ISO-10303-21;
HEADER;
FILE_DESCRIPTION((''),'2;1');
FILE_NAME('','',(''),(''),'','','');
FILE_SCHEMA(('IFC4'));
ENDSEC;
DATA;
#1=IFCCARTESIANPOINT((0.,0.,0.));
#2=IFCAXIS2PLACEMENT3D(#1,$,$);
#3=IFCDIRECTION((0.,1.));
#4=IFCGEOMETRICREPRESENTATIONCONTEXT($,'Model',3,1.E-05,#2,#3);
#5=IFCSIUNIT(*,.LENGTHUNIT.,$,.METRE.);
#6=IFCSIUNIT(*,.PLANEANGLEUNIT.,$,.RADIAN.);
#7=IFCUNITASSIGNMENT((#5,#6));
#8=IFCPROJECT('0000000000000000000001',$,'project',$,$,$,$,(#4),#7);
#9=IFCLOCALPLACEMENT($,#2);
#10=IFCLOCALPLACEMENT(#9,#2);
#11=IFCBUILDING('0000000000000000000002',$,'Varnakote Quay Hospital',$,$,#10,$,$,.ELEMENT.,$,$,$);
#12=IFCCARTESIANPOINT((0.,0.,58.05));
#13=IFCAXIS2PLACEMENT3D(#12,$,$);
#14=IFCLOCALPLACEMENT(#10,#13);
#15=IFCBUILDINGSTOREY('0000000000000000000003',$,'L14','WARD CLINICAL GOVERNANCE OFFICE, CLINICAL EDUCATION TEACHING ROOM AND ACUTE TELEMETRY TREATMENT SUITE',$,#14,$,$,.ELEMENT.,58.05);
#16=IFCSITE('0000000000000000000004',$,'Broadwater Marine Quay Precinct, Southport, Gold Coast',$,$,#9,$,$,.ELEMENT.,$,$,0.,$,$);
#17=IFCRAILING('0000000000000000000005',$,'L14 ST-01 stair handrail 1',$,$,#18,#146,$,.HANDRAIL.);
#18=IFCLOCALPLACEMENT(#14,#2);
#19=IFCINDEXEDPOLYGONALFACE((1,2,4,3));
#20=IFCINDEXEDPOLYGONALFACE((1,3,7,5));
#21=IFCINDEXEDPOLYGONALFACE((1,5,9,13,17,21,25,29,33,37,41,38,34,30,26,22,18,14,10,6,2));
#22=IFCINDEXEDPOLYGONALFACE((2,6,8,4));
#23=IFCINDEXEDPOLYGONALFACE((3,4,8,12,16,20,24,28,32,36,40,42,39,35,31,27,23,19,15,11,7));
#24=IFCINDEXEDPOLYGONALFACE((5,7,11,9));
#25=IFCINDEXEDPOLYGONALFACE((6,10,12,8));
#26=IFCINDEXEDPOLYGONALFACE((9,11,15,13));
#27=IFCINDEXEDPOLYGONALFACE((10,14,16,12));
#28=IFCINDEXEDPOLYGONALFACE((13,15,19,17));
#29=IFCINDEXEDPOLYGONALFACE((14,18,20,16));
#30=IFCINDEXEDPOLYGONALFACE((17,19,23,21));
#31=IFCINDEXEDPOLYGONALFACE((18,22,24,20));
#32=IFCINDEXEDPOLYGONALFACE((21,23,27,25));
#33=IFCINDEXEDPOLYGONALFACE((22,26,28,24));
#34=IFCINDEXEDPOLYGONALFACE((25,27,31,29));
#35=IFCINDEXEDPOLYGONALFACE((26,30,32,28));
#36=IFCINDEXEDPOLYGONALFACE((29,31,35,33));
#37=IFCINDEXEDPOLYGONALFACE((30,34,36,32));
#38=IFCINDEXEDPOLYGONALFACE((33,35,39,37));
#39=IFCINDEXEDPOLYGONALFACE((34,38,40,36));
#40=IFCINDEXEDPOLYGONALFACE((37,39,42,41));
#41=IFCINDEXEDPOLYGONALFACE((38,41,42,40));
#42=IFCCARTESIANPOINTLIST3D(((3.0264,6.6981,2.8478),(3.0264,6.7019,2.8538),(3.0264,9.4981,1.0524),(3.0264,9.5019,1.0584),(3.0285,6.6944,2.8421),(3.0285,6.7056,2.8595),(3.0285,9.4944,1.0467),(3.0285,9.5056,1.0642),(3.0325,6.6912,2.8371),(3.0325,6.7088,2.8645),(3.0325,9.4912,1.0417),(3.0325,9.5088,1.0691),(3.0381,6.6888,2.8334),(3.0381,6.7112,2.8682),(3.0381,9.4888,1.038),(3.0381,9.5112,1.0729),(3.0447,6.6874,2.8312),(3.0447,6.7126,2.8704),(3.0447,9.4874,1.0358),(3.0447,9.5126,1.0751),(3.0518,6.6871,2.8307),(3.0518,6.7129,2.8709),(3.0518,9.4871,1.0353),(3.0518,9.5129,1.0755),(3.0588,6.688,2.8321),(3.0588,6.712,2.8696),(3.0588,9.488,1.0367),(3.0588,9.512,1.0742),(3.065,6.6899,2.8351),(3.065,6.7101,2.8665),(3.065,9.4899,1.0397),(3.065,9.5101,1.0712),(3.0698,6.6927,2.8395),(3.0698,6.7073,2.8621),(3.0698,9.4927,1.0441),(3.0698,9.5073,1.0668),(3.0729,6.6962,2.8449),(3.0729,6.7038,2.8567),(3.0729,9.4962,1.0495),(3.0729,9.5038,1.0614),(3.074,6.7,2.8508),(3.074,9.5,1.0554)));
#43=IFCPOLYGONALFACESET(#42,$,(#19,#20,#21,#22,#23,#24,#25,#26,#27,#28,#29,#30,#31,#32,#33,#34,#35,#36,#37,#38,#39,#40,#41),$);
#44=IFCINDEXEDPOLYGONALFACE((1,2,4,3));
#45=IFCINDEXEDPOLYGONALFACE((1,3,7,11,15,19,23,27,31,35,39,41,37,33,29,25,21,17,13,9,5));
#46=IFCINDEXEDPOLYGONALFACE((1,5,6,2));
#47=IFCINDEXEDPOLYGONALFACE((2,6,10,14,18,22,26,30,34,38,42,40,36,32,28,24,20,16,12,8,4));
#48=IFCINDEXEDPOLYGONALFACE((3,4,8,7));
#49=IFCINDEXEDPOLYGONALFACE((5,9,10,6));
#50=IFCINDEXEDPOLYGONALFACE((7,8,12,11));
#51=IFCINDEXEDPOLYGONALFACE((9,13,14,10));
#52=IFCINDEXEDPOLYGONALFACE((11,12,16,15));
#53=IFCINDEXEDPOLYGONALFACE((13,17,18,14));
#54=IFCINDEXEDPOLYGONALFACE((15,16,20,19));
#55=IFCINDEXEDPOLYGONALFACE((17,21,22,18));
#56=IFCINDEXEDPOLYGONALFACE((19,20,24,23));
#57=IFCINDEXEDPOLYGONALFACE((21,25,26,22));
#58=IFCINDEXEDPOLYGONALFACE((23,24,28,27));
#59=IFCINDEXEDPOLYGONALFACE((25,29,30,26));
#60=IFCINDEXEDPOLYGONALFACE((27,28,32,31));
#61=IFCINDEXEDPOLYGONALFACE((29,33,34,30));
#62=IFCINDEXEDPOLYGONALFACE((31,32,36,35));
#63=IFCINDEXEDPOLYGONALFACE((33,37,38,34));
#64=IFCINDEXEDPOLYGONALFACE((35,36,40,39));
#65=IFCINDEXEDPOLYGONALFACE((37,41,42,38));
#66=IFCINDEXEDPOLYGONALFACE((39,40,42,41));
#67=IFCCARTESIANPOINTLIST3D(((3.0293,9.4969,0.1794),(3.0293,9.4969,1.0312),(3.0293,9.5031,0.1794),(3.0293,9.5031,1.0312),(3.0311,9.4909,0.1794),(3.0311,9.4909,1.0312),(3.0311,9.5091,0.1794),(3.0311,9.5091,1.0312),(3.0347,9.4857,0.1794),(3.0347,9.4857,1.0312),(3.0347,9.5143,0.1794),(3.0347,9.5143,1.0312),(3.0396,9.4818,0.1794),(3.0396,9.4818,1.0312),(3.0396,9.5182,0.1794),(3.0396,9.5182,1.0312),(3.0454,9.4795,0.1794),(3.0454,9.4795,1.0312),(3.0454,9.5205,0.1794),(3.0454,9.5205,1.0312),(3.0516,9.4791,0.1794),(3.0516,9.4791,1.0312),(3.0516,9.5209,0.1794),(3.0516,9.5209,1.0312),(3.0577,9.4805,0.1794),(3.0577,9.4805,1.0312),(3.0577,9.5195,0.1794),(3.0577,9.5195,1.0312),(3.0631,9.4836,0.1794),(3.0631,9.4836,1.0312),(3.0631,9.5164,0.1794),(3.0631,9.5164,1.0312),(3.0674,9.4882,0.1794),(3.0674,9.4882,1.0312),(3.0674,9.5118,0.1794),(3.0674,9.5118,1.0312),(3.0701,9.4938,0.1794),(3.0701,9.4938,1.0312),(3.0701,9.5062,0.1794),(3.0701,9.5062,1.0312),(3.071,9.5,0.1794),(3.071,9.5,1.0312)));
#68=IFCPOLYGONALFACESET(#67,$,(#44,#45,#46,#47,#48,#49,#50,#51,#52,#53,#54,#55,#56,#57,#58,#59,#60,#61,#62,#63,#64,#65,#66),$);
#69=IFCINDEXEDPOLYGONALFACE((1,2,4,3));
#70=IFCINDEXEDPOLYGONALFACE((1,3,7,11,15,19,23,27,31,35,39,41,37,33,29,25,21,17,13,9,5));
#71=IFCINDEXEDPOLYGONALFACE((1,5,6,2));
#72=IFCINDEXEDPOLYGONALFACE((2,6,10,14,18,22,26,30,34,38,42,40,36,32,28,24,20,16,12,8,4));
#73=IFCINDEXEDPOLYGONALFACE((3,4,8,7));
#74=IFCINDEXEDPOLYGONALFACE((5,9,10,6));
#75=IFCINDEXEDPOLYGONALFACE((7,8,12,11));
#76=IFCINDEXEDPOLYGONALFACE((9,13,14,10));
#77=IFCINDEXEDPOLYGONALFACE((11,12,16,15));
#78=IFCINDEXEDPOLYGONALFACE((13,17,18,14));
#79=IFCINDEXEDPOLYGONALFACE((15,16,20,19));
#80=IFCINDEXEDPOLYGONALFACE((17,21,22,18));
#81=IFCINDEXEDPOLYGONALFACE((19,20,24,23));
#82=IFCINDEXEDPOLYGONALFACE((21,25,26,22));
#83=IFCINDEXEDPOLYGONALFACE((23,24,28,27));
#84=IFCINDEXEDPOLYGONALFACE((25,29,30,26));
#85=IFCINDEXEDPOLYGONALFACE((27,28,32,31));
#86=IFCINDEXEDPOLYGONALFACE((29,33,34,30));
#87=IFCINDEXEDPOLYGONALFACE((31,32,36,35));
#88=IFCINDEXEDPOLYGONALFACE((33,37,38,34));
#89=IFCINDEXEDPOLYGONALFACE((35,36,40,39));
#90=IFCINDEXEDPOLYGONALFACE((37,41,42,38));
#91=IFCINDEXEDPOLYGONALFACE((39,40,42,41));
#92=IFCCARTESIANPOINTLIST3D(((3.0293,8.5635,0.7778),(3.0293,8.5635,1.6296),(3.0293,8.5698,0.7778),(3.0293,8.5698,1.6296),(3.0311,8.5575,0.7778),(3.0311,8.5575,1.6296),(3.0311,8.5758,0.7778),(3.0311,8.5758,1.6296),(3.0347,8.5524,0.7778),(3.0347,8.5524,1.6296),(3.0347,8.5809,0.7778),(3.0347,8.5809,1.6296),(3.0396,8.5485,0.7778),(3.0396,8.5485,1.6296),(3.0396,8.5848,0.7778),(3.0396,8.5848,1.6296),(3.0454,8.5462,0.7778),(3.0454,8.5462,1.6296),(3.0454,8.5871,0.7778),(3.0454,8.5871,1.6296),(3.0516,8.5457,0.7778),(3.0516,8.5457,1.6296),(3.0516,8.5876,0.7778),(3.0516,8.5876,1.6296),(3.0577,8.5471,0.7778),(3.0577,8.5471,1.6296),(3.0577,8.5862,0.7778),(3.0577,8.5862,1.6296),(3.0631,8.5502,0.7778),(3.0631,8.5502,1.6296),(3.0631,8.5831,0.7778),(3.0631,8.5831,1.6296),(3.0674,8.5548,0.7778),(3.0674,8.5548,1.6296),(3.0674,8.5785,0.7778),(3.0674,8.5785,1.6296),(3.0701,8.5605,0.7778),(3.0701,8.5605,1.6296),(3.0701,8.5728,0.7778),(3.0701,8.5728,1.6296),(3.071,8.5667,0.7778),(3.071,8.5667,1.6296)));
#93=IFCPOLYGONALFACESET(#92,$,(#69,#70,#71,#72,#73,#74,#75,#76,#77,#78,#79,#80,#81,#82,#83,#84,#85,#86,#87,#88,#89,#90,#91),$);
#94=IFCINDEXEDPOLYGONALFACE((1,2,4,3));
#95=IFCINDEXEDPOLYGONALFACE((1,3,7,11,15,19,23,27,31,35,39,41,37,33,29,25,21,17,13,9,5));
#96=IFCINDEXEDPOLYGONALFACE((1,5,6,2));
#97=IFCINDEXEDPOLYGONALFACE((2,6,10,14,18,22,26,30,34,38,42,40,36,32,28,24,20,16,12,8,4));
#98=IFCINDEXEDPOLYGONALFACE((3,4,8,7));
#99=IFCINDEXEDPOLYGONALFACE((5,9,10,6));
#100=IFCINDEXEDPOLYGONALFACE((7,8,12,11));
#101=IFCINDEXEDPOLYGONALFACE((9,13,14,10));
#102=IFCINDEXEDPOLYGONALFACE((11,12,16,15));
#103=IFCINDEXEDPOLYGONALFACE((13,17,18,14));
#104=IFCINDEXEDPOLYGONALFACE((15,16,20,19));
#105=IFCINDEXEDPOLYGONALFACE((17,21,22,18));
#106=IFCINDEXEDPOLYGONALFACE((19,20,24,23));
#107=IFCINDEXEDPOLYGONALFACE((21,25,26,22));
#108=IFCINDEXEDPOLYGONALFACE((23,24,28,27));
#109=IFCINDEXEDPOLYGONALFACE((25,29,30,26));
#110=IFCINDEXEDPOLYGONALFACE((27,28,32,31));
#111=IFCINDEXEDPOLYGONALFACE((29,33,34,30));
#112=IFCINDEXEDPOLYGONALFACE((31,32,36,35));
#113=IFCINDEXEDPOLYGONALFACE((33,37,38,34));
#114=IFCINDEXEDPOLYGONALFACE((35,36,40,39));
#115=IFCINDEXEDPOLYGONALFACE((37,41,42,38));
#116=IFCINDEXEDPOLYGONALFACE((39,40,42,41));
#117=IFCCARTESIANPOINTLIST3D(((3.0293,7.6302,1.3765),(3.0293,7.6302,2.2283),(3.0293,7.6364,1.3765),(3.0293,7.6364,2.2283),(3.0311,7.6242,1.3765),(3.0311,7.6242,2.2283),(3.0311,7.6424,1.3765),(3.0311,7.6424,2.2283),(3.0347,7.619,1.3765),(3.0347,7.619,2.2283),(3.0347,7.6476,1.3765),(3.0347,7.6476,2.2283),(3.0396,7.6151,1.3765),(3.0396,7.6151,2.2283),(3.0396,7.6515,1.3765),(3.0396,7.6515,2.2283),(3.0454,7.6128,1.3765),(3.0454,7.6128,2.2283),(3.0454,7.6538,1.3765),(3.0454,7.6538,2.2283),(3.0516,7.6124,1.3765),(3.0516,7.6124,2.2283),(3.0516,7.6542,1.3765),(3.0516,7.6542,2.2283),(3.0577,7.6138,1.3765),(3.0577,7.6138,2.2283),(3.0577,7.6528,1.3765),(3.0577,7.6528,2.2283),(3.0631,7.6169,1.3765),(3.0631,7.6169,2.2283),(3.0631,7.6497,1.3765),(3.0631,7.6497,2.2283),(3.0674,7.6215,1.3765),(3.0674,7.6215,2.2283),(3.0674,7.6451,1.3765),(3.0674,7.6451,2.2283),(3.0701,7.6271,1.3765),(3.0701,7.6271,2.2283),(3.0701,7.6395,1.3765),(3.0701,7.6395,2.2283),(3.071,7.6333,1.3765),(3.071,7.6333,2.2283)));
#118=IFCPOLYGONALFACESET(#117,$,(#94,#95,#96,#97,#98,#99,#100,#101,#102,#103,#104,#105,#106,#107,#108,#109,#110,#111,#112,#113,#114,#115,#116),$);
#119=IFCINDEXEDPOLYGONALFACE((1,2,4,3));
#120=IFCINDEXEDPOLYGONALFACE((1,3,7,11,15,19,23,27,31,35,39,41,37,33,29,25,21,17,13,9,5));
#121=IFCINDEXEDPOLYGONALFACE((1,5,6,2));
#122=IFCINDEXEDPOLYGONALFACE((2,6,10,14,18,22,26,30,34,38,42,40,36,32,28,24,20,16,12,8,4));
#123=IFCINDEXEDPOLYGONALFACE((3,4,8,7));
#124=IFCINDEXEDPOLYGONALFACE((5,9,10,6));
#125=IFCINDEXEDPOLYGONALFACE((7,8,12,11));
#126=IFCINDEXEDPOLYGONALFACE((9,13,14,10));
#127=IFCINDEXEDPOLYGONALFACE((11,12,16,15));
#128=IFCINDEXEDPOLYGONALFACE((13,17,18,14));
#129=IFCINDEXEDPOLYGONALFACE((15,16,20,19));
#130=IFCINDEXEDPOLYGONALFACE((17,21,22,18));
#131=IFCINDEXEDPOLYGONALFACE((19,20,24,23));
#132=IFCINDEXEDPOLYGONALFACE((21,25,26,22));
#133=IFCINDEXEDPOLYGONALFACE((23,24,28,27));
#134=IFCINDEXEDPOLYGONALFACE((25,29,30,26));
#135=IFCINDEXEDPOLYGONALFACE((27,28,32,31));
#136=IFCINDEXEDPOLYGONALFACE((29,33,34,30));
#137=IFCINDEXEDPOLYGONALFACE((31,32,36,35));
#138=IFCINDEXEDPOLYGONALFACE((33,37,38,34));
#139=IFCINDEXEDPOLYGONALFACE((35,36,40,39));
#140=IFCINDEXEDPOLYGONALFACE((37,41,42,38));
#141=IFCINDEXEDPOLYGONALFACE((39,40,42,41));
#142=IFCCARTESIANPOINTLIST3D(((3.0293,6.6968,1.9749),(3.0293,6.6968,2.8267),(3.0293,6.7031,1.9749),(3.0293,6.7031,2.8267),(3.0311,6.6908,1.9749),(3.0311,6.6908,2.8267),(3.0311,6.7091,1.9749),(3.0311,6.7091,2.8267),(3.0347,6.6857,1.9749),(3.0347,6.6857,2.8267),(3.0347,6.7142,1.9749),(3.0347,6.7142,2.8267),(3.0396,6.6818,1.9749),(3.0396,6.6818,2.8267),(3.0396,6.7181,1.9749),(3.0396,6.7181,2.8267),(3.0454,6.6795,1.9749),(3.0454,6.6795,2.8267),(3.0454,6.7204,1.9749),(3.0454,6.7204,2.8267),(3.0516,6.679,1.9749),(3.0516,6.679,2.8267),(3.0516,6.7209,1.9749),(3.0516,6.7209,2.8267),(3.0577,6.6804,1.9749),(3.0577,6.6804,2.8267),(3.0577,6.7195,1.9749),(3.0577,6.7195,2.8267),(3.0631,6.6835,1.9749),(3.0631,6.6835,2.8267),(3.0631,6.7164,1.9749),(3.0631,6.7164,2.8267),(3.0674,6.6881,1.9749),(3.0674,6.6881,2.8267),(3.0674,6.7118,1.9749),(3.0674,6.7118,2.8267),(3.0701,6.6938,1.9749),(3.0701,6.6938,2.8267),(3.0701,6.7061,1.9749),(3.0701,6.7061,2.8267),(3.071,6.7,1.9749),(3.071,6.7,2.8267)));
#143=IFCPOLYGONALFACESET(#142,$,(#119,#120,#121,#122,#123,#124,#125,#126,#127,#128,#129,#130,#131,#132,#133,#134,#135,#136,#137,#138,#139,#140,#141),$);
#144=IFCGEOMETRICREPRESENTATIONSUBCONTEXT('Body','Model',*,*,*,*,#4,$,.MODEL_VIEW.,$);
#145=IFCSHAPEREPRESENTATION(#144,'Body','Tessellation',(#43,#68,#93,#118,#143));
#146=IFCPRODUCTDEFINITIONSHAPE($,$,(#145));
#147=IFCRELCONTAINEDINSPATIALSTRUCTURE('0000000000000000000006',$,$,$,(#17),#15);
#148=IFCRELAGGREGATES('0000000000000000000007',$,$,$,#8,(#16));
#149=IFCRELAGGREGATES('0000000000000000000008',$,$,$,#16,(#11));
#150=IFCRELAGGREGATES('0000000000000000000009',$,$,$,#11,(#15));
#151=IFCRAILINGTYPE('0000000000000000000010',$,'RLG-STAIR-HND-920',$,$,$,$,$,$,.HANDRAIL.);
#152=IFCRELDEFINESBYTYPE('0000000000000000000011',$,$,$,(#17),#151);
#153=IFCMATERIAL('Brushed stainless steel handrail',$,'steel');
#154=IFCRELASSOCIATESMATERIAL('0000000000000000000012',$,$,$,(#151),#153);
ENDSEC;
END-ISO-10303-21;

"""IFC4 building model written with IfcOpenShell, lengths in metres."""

from ifc_helpers import new_model, si_unit, direction, frame, origin, origin_2d, place, context, subcontext, project, spatial, circle, extrude, material, type_object, element, save


model = new_model("IFC4")

# Units and contexts
model_context = context("Model", 3, precision=1e-05, world=origin(), true_north=direction((0.0, 1.0)))
body_context = subcontext(model_context, "Body", "Model", "MODEL_VIEW")
ifc_project = project(units=[si_unit("LENGTHUNIT", "METRE"), si_unit("PLANEANGLEUNIT", "RADIAN")], contexts=[model_context])

# Site, building, storey
site_placement = place(None, origin())
site = spatial("IfcSite", under=ifc_project, at=site_placement, Name="Broadwater Marine Quay Precinct, Southport, Gold Coast", CompositionType="ELEMENT", RefElevation=0.0)
building_placement = place(site_placement, origin())
building = spatial("IfcBuilding", under=site, at=building_placement, Name="Varnakote Quay Hospital", CompositionType="ELEMENT")
storey_placement = place(building_placement, frame((0.0, 0.0, 58.05)))
storey = spatial("IfcBuildingStorey", under=building, at=storey_placement, Name="L14", Description="WARD CLINICAL GOVERNANCE OFFICE, CLINICAL EDUCATION TEACHING ROOM AND ACUTE TELEMETRY TREATMENT SUITE", CompositionType="ELEMENT", Elevation=58.05)

# Railing
ifc_material_1 = material(Name="Brushed stainless steel handrail", Category="steel")
railing_type_1 = type_object("IfcRailingType", Name="RLG-STAIR-HND-920", PredefinedType="HANDRAIL", material=ifc_material_1)
railing_1_placement = place(storey_placement, frame((3.05, 9.5, 0.1794)))
element("IfcRailing", 1, at=railing_1_placement, inside=storey, type_object=railing_type_1, Name="L14 ST-01 stair handrail 1", PredefinedType="HANDRAIL", context=body_context, shape_type="SweptSolid", body=[
    extrude(circle(Radius=0.0239, at=origin_2d()), frame((0.0, 0.0, 0.876), z_axis=(0.0, -0.84181, 0.539774), x_axis=(1.0, 0.0, 0.0)), (0.0, 0.0, 1.0), 3.3262),
    extrude(circle(Radius=0.021, at=origin_2d()), origin(), (0.0, 0.0, 1.0), 0.8518),
    extrude(circle(Radius=0.021, at=origin_2d()), frame((0.0, -0.9333, 0.5984)), (0.0, 0.0, 1.0), 0.8518),
    extrude(circle(Radius=0.021, at=origin_2d()), frame((0.0, -1.8667, 1.197)), (0.0, 0.0, 1.0), 0.8518),
    extrude(circle(Radius=0.021, at=origin_2d()), frame((0.0, -2.8, 1.7954)), (0.0, 0.0, 1.0), 0.8518),
])

save(model, "model.ifc")
